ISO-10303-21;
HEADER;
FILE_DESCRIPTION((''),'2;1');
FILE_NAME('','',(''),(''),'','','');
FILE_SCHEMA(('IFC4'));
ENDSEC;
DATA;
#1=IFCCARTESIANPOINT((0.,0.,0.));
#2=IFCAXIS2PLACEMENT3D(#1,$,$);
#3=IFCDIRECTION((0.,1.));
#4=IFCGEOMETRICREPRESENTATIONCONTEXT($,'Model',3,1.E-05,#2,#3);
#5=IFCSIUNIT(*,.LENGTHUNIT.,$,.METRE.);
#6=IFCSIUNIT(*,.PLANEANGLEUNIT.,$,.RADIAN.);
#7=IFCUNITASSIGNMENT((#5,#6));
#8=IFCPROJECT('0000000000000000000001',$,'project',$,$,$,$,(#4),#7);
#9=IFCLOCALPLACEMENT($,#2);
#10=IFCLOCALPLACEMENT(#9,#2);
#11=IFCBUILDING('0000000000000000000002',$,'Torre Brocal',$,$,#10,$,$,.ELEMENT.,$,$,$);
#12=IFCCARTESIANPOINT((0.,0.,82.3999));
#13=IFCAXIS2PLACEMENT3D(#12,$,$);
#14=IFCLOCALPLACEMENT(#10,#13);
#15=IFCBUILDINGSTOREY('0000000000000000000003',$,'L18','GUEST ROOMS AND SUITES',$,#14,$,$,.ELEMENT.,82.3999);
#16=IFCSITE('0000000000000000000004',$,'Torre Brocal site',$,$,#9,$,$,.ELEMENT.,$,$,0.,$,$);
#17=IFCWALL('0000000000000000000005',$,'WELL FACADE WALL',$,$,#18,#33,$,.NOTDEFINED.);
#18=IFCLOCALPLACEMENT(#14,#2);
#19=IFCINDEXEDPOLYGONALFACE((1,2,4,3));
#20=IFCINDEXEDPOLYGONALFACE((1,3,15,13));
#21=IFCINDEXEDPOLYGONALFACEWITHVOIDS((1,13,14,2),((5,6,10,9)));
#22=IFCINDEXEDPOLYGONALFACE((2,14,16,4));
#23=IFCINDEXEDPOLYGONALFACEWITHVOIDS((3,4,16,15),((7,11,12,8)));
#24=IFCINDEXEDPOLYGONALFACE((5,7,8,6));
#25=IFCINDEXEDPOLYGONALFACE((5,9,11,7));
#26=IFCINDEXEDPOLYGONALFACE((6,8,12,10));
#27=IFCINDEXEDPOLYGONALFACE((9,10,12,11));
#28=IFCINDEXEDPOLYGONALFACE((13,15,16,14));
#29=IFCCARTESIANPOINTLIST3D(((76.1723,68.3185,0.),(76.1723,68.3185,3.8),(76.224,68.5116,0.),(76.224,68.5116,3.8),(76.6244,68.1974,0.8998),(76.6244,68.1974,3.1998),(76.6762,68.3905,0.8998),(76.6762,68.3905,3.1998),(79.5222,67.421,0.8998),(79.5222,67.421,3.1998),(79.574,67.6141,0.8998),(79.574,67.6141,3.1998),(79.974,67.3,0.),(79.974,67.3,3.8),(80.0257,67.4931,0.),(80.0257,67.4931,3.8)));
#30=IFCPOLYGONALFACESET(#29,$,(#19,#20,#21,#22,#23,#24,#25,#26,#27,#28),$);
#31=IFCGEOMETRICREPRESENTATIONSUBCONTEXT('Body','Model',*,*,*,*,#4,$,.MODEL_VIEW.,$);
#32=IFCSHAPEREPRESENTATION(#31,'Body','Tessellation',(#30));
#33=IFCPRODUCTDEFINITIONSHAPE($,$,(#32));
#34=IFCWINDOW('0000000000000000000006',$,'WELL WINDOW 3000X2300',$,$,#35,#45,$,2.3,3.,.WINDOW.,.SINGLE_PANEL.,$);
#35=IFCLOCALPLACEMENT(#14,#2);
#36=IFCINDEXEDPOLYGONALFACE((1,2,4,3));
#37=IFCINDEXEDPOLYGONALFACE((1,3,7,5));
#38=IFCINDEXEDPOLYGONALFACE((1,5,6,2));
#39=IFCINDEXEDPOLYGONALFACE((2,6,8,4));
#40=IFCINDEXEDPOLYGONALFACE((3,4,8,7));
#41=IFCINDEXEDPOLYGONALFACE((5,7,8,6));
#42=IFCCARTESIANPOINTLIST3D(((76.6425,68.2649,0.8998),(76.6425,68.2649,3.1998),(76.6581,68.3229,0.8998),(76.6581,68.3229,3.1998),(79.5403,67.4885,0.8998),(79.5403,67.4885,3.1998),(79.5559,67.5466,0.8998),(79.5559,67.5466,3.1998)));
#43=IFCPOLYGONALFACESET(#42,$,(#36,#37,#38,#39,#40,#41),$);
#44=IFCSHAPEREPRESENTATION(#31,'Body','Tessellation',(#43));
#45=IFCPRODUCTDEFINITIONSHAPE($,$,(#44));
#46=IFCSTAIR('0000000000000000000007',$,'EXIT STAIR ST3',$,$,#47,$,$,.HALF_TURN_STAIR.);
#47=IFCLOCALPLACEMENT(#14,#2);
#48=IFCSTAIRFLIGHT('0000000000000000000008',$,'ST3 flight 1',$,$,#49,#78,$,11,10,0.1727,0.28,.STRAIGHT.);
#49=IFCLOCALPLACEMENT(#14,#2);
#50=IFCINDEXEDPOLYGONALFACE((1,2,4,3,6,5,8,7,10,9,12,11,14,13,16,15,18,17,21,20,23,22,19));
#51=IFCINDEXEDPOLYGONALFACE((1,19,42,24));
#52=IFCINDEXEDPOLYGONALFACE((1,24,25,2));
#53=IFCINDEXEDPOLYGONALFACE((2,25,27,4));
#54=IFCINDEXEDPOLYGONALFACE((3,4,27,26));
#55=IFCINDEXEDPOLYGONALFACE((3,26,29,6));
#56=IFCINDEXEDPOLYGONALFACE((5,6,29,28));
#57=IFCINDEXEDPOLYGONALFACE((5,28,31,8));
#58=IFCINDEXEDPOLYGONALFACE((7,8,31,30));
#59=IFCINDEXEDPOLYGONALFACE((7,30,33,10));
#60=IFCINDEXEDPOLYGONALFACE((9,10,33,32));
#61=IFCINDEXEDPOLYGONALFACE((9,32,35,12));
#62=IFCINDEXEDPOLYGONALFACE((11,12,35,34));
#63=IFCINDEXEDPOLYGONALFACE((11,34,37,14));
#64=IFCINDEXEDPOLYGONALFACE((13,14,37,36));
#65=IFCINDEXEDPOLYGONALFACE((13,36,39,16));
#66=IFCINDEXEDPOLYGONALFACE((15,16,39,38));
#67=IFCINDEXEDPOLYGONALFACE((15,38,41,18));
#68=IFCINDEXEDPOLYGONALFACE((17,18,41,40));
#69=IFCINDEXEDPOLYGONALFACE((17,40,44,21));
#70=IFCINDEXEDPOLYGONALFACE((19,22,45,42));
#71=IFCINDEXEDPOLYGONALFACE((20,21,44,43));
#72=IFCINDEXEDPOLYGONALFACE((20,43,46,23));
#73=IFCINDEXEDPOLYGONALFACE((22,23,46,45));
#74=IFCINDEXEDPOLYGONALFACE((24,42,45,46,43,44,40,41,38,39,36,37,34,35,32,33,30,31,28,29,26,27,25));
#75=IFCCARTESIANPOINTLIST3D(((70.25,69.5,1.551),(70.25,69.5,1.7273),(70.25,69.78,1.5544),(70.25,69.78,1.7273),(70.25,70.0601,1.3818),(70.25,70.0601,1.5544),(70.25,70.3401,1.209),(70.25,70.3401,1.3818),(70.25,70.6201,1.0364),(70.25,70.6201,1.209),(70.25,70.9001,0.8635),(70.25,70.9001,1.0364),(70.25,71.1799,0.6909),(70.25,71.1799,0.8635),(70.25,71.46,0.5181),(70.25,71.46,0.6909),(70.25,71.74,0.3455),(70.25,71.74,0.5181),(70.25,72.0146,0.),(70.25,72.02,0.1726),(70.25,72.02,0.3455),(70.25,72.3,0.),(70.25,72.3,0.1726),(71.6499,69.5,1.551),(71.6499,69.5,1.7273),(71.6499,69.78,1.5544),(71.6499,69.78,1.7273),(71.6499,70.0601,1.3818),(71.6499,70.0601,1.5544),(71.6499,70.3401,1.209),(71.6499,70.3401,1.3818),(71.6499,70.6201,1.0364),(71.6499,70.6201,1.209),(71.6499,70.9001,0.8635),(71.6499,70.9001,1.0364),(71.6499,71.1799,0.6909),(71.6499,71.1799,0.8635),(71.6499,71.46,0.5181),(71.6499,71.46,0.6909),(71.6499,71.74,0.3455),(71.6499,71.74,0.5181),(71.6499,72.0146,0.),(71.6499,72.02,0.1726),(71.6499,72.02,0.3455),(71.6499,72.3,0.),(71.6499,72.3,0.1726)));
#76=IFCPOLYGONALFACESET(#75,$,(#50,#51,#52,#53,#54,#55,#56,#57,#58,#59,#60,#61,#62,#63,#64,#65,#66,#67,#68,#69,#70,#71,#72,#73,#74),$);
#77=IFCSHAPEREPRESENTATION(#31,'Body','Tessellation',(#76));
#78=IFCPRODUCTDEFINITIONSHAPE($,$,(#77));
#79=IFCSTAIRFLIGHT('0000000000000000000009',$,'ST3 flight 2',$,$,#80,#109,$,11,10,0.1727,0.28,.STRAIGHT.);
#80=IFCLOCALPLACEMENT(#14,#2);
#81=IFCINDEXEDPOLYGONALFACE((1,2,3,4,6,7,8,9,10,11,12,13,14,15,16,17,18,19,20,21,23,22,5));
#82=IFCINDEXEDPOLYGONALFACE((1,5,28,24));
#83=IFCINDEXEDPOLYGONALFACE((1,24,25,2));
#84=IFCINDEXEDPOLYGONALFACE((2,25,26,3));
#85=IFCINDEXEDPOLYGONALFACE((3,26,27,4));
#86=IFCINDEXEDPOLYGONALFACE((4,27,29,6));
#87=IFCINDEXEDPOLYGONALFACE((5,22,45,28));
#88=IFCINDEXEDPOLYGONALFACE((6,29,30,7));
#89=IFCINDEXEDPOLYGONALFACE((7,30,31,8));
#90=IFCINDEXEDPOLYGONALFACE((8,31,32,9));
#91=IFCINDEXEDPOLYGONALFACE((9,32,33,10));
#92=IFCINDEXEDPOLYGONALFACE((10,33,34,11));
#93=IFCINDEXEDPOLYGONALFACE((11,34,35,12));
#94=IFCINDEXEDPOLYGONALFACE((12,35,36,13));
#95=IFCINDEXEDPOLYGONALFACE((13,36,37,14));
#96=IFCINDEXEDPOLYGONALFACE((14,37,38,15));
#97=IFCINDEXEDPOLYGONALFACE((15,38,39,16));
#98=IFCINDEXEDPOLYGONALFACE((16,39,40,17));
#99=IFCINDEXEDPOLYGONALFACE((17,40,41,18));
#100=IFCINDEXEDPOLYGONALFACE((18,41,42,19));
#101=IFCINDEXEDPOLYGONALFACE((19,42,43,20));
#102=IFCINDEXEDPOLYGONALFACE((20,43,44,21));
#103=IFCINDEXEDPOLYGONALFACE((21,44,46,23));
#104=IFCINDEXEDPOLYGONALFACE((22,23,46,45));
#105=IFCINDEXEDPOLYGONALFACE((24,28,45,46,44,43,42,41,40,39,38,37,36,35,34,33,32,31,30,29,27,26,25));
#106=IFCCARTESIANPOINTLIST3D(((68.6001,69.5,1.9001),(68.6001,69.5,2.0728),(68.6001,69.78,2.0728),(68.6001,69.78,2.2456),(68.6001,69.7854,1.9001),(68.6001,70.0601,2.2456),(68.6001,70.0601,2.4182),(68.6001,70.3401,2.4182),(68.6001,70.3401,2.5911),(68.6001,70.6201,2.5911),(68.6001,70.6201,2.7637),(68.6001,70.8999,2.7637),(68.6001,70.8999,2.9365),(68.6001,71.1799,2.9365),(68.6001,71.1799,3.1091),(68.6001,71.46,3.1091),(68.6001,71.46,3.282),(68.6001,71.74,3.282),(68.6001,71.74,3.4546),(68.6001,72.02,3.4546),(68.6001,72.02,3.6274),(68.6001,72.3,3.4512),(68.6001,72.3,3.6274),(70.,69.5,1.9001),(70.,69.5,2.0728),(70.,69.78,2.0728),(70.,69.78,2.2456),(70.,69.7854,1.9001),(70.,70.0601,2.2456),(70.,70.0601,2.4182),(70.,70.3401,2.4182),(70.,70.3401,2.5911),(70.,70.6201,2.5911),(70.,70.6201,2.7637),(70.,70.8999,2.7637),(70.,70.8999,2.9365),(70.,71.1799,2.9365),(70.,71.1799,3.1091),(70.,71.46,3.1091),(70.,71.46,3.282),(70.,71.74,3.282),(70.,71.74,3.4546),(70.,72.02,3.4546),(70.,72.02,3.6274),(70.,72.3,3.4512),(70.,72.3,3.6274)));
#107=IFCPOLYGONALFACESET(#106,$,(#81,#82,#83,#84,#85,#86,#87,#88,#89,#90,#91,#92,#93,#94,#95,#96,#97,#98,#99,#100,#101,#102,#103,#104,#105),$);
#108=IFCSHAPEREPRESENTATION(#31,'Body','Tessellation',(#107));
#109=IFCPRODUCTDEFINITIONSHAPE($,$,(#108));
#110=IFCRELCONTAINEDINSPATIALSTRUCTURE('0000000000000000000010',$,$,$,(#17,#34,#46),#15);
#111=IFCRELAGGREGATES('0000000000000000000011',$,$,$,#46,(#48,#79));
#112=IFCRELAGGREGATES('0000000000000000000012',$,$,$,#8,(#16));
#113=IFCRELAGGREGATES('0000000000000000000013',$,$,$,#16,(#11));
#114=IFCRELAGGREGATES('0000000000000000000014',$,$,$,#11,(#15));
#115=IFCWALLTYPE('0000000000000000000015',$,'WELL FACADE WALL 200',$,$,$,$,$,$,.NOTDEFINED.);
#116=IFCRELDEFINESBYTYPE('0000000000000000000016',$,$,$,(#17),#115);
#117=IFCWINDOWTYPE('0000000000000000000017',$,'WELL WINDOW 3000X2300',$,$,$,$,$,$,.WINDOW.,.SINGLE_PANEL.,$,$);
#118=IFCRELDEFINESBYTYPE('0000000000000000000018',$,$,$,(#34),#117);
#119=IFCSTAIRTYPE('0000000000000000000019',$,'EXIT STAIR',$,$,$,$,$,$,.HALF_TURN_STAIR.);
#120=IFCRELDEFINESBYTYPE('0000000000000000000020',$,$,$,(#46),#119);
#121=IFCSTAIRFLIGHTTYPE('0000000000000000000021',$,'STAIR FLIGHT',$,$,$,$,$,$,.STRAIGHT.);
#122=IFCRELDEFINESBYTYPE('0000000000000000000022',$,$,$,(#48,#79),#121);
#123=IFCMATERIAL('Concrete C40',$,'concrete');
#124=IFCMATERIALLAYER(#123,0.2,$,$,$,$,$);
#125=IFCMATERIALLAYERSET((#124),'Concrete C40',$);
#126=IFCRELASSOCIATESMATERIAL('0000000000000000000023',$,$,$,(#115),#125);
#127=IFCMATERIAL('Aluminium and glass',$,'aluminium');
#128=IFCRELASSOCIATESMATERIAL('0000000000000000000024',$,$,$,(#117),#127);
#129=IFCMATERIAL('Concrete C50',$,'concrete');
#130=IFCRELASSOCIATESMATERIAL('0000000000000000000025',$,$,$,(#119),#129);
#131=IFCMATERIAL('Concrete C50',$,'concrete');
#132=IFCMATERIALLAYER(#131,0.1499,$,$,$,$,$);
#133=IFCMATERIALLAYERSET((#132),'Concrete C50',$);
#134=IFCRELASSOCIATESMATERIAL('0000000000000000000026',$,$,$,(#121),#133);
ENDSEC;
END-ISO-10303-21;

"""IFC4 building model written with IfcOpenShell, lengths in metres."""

from ifc_helpers import new_model, si_unit, direction, frame, frame_2d, origin, place, context, subcontext, project, spatial, polyline, rectangle, outline, extrude, material, layer, layer_set, type_object, element, fill, aggregate, save


model = new_model("IFC4")

# Units and contexts
model_context = context("Model", 3, precision=1e-05, world=origin(), true_north=direction((0.0, 1.0)))
body_context = subcontext(model_context, "Body", "Model", "MODEL_VIEW")
ifc_project = project(units=[si_unit("LENGTHUNIT", "METRE"), si_unit("PLANEANGLEUNIT", "RADIAN")], contexts=[model_context])

# Site, building, storey
site_placement = place(None, origin())
site = spatial("IfcSite", under=ifc_project, at=site_placement, Name="Torre Brocal site", CompositionType="ELEMENT", RefElevation=0.0)
building_placement = place(site_placement, origin())
building = spatial("IfcBuilding", under=site, at=building_placement, Name="Torre Brocal", CompositionType="ELEMENT")
storey_placement = place(building_placement, frame((0.0, 0.0, 82.3999)))
storey = spatial("IfcBuildingStorey", under=building, at=storey_placement, Name="L18", Description="GUEST ROOMS AND SUITES", CompositionType="ELEMENT", Elevation=82.3999)

# Wall, opening, window
ifc_material_1 = material(Name="Concrete C40", Category="concrete")
ifc_layer_1 = layer(ifc_material_1, 0.2)
ifc_layer_set_1 = layer_set([ifc_layer_1], Name="Concrete C40")
wall_type_1 = type_object("IfcWallType", Name="WELL FACADE WALL 200", PredefinedType="NOTDEFINED", material=ifc_layer_set_1)
ifc_material_2 = material(Name="Aluminium and glass", Category="aluminium")
window_type = type_object("IfcWindowType", Name="WELL WINDOW 3000X2300", PartitioningType="SINGLE_PANEL", PredefinedType="WINDOW", material=ifc_material_2)
wall_1_placement = place(storey_placement, frame((76.1982, 68.415, 0.0), z_axis=(0.0, 0.0, 1.0), x_axis=(0.965934, -0.25879, 0.0)))
wall_1 = element("IfcWall", 1, at=wall_1_placement, inside=storey, type_object=wall_type_1, Name="WELL FACADE WALL", PredefinedType="NOTDEFINED", context=body_context, shape_type="SweptSolid", body=[
    extrude(rectangle(XDim=3.9358, YDim=0.2, at=frame_2d((1.9678, 0.0))), origin(), (0.0, 0.0, 1.0), 3.8),
])
opening_1_placement = place(wall_1_placement, frame((0.468, 0.0, 0.8999)))
opening_1 = element("IfcOpeningElement", 2, at=opening_1_placement, cuts=wall_1, PredefinedType="OPENING", context=body_context, shape_type="SweptSolid", body=[
    extrude(rectangle(XDim=3.0, YDim=2.3, at=frame_2d((1.5, 1.1499))), frame((0.0, 0.1099, 0.0), z_axis=(0.0, -1.0, 0.0), x_axis=(1.0, 0.0, 0.0)), (0.0, 0.0, 1.0), 0.22),
])
window_1_placement = place(opening_1_placement, origin())
window_1 = element("IfcWindow", 3, at=window_1_placement, inside=storey, type_object=window_type, Name="WELL WINDOW 3000X2300", OverallHeight=2.3, OverallWidth=3.0, PartitioningType="SINGLE_PANEL", PredefinedType="WINDOW", context=body_context, shape_type="SweptSolid", body=[
    extrude(rectangle(XDim=3.0, YDim=2.3, at=frame_2d((1.5, 1.1499))), frame((0.0, 0.03, 0.0), z_axis=(0.0, -1.0, 0.0), x_axis=(1.0, 0.0, 0.0)), (0.0, 0.0, 1.0), 0.0601),
])
fill(opening_1, window_1)

# Stair, stair flights
ifc_material_3 = material(Name="Concrete C50", Category="concrete")
stair_type = type_object("IfcStairType", Name="EXIT STAIR", PredefinedType="HALF_TURN_STAIR", material=ifc_material_3)
stair_placement = place(storey_placement, origin())
stair = element("IfcStair", 4, at=stair_placement, inside=storey, type_object=stair_type, Name="EXIT STAIR ST3", PredefinedType="HALF_TURN_STAIR")
ifc_material_4 = material(Name="Concrete C50", Category="concrete")
ifc_layer_2 = layer(ifc_material_4, 0.1499)
ifc_layer_set_2 = layer_set([ifc_layer_2], Name="Concrete C50")
stair_flight_type = type_object("IfcStairFlightType", Name="STAIR FLIGHT", PredefinedType="STRAIGHT", material=ifc_layer_set_2)
stair_flight_1_placement = place(storey_placement, frame((70.95, 72.3, 0.0), z_axis=(0.0, 0.0, 1.0), x_axis=(0.0, -1.0, 0.0)))
stair_flight_1 = element("IfcStairFlight", 5, at=stair_flight_1_placement, type_object=stair_flight_type, Name="ST3 flight 1", NumberOfRisers=11, NumberOfTreads=10, PredefinedType="STRAIGHT", RiserHeight=0.1727, TreadLength=0.28, context=body_context, shape_type="SweptSolid", body=[
    extrude(outline(polyline([(0.0, 0.0), (0.0, 0.1726), (0.28, 0.1726), (0.28, 0.3455), (0.5601, 0.3455), (0.5601, 0.5181), (0.8401, 0.5181), (0.8401, 0.6909), (1.1201, 0.6909), (1.1201, 0.8635), (1.3999, 0.8635), (1.3999, 1.0364), (1.6799, 1.0364), (1.6799, 1.209), (1.96, 1.209), (1.96, 1.3818), (2.24, 1.3818), (2.24, 1.5544), (2.52, 1.5544), (2.52, 1.7273), (2.8, 1.7273), (2.8, 1.8999), (2.8, 1.551), (0.2854, 0.0), (0.0, 0.0)])), frame((0.0, 0.7, 0.0), z_axis=(0.0, -1.0, 0.0), x_axis=(1.0, 0.0, 0.0)), (0.0, 0.0, 1.0), 1.3999),
])
stair_flight_2_placement = place(storey_placement, frame((69.3, 69.5, 1.9001), z_axis=(0.0, 0.0, 1.0), x_axis=(0.0, 1.0, 0.0)))
stair_flight_2 = element("IfcStairFlight", 6, at=stair_flight_2_placement, type_object=stair_flight_type, Name="ST3 flight 2", NumberOfRisers=11, NumberOfTreads=10, PredefinedType="STRAIGHT", RiserHeight=0.1727, TreadLength=0.28, context=body_context, shape_type="SweptSolid", body=[
    extrude(outline(polyline([(0.0, 0.0), (0.0, 0.1726), (0.28, 0.1726), (0.28, 0.3455), (0.5601, 0.3455), (0.5601, 0.5181), (0.8401, 0.5181), (0.8401, 0.6909), (1.1201, 0.6909), (1.1201, 0.8635), (1.3999, 0.8635), (1.3999, 1.0364), (1.6799, 1.0364), (1.6799, 1.209), (1.96, 1.209), (1.96, 1.3818), (2.24, 1.3818), (2.24, 1.5544), (2.52, 1.5544), (2.52, 1.7273), (2.8, 1.7273), (2.8, 1.8999), (2.8, 1.551), (0.2854, 0.0), (0.0, 0.0)])), frame((0.0, 0.7, 0.0), z_axis=(0.0, -1.0, 0.0), x_axis=(1.0, 0.0, 0.0)), (0.0, 0.0, 1.0), 1.3999),
])
aggregate(stair, [stair_flight_1, stair_flight_2])

save(model, "model.ifc")
